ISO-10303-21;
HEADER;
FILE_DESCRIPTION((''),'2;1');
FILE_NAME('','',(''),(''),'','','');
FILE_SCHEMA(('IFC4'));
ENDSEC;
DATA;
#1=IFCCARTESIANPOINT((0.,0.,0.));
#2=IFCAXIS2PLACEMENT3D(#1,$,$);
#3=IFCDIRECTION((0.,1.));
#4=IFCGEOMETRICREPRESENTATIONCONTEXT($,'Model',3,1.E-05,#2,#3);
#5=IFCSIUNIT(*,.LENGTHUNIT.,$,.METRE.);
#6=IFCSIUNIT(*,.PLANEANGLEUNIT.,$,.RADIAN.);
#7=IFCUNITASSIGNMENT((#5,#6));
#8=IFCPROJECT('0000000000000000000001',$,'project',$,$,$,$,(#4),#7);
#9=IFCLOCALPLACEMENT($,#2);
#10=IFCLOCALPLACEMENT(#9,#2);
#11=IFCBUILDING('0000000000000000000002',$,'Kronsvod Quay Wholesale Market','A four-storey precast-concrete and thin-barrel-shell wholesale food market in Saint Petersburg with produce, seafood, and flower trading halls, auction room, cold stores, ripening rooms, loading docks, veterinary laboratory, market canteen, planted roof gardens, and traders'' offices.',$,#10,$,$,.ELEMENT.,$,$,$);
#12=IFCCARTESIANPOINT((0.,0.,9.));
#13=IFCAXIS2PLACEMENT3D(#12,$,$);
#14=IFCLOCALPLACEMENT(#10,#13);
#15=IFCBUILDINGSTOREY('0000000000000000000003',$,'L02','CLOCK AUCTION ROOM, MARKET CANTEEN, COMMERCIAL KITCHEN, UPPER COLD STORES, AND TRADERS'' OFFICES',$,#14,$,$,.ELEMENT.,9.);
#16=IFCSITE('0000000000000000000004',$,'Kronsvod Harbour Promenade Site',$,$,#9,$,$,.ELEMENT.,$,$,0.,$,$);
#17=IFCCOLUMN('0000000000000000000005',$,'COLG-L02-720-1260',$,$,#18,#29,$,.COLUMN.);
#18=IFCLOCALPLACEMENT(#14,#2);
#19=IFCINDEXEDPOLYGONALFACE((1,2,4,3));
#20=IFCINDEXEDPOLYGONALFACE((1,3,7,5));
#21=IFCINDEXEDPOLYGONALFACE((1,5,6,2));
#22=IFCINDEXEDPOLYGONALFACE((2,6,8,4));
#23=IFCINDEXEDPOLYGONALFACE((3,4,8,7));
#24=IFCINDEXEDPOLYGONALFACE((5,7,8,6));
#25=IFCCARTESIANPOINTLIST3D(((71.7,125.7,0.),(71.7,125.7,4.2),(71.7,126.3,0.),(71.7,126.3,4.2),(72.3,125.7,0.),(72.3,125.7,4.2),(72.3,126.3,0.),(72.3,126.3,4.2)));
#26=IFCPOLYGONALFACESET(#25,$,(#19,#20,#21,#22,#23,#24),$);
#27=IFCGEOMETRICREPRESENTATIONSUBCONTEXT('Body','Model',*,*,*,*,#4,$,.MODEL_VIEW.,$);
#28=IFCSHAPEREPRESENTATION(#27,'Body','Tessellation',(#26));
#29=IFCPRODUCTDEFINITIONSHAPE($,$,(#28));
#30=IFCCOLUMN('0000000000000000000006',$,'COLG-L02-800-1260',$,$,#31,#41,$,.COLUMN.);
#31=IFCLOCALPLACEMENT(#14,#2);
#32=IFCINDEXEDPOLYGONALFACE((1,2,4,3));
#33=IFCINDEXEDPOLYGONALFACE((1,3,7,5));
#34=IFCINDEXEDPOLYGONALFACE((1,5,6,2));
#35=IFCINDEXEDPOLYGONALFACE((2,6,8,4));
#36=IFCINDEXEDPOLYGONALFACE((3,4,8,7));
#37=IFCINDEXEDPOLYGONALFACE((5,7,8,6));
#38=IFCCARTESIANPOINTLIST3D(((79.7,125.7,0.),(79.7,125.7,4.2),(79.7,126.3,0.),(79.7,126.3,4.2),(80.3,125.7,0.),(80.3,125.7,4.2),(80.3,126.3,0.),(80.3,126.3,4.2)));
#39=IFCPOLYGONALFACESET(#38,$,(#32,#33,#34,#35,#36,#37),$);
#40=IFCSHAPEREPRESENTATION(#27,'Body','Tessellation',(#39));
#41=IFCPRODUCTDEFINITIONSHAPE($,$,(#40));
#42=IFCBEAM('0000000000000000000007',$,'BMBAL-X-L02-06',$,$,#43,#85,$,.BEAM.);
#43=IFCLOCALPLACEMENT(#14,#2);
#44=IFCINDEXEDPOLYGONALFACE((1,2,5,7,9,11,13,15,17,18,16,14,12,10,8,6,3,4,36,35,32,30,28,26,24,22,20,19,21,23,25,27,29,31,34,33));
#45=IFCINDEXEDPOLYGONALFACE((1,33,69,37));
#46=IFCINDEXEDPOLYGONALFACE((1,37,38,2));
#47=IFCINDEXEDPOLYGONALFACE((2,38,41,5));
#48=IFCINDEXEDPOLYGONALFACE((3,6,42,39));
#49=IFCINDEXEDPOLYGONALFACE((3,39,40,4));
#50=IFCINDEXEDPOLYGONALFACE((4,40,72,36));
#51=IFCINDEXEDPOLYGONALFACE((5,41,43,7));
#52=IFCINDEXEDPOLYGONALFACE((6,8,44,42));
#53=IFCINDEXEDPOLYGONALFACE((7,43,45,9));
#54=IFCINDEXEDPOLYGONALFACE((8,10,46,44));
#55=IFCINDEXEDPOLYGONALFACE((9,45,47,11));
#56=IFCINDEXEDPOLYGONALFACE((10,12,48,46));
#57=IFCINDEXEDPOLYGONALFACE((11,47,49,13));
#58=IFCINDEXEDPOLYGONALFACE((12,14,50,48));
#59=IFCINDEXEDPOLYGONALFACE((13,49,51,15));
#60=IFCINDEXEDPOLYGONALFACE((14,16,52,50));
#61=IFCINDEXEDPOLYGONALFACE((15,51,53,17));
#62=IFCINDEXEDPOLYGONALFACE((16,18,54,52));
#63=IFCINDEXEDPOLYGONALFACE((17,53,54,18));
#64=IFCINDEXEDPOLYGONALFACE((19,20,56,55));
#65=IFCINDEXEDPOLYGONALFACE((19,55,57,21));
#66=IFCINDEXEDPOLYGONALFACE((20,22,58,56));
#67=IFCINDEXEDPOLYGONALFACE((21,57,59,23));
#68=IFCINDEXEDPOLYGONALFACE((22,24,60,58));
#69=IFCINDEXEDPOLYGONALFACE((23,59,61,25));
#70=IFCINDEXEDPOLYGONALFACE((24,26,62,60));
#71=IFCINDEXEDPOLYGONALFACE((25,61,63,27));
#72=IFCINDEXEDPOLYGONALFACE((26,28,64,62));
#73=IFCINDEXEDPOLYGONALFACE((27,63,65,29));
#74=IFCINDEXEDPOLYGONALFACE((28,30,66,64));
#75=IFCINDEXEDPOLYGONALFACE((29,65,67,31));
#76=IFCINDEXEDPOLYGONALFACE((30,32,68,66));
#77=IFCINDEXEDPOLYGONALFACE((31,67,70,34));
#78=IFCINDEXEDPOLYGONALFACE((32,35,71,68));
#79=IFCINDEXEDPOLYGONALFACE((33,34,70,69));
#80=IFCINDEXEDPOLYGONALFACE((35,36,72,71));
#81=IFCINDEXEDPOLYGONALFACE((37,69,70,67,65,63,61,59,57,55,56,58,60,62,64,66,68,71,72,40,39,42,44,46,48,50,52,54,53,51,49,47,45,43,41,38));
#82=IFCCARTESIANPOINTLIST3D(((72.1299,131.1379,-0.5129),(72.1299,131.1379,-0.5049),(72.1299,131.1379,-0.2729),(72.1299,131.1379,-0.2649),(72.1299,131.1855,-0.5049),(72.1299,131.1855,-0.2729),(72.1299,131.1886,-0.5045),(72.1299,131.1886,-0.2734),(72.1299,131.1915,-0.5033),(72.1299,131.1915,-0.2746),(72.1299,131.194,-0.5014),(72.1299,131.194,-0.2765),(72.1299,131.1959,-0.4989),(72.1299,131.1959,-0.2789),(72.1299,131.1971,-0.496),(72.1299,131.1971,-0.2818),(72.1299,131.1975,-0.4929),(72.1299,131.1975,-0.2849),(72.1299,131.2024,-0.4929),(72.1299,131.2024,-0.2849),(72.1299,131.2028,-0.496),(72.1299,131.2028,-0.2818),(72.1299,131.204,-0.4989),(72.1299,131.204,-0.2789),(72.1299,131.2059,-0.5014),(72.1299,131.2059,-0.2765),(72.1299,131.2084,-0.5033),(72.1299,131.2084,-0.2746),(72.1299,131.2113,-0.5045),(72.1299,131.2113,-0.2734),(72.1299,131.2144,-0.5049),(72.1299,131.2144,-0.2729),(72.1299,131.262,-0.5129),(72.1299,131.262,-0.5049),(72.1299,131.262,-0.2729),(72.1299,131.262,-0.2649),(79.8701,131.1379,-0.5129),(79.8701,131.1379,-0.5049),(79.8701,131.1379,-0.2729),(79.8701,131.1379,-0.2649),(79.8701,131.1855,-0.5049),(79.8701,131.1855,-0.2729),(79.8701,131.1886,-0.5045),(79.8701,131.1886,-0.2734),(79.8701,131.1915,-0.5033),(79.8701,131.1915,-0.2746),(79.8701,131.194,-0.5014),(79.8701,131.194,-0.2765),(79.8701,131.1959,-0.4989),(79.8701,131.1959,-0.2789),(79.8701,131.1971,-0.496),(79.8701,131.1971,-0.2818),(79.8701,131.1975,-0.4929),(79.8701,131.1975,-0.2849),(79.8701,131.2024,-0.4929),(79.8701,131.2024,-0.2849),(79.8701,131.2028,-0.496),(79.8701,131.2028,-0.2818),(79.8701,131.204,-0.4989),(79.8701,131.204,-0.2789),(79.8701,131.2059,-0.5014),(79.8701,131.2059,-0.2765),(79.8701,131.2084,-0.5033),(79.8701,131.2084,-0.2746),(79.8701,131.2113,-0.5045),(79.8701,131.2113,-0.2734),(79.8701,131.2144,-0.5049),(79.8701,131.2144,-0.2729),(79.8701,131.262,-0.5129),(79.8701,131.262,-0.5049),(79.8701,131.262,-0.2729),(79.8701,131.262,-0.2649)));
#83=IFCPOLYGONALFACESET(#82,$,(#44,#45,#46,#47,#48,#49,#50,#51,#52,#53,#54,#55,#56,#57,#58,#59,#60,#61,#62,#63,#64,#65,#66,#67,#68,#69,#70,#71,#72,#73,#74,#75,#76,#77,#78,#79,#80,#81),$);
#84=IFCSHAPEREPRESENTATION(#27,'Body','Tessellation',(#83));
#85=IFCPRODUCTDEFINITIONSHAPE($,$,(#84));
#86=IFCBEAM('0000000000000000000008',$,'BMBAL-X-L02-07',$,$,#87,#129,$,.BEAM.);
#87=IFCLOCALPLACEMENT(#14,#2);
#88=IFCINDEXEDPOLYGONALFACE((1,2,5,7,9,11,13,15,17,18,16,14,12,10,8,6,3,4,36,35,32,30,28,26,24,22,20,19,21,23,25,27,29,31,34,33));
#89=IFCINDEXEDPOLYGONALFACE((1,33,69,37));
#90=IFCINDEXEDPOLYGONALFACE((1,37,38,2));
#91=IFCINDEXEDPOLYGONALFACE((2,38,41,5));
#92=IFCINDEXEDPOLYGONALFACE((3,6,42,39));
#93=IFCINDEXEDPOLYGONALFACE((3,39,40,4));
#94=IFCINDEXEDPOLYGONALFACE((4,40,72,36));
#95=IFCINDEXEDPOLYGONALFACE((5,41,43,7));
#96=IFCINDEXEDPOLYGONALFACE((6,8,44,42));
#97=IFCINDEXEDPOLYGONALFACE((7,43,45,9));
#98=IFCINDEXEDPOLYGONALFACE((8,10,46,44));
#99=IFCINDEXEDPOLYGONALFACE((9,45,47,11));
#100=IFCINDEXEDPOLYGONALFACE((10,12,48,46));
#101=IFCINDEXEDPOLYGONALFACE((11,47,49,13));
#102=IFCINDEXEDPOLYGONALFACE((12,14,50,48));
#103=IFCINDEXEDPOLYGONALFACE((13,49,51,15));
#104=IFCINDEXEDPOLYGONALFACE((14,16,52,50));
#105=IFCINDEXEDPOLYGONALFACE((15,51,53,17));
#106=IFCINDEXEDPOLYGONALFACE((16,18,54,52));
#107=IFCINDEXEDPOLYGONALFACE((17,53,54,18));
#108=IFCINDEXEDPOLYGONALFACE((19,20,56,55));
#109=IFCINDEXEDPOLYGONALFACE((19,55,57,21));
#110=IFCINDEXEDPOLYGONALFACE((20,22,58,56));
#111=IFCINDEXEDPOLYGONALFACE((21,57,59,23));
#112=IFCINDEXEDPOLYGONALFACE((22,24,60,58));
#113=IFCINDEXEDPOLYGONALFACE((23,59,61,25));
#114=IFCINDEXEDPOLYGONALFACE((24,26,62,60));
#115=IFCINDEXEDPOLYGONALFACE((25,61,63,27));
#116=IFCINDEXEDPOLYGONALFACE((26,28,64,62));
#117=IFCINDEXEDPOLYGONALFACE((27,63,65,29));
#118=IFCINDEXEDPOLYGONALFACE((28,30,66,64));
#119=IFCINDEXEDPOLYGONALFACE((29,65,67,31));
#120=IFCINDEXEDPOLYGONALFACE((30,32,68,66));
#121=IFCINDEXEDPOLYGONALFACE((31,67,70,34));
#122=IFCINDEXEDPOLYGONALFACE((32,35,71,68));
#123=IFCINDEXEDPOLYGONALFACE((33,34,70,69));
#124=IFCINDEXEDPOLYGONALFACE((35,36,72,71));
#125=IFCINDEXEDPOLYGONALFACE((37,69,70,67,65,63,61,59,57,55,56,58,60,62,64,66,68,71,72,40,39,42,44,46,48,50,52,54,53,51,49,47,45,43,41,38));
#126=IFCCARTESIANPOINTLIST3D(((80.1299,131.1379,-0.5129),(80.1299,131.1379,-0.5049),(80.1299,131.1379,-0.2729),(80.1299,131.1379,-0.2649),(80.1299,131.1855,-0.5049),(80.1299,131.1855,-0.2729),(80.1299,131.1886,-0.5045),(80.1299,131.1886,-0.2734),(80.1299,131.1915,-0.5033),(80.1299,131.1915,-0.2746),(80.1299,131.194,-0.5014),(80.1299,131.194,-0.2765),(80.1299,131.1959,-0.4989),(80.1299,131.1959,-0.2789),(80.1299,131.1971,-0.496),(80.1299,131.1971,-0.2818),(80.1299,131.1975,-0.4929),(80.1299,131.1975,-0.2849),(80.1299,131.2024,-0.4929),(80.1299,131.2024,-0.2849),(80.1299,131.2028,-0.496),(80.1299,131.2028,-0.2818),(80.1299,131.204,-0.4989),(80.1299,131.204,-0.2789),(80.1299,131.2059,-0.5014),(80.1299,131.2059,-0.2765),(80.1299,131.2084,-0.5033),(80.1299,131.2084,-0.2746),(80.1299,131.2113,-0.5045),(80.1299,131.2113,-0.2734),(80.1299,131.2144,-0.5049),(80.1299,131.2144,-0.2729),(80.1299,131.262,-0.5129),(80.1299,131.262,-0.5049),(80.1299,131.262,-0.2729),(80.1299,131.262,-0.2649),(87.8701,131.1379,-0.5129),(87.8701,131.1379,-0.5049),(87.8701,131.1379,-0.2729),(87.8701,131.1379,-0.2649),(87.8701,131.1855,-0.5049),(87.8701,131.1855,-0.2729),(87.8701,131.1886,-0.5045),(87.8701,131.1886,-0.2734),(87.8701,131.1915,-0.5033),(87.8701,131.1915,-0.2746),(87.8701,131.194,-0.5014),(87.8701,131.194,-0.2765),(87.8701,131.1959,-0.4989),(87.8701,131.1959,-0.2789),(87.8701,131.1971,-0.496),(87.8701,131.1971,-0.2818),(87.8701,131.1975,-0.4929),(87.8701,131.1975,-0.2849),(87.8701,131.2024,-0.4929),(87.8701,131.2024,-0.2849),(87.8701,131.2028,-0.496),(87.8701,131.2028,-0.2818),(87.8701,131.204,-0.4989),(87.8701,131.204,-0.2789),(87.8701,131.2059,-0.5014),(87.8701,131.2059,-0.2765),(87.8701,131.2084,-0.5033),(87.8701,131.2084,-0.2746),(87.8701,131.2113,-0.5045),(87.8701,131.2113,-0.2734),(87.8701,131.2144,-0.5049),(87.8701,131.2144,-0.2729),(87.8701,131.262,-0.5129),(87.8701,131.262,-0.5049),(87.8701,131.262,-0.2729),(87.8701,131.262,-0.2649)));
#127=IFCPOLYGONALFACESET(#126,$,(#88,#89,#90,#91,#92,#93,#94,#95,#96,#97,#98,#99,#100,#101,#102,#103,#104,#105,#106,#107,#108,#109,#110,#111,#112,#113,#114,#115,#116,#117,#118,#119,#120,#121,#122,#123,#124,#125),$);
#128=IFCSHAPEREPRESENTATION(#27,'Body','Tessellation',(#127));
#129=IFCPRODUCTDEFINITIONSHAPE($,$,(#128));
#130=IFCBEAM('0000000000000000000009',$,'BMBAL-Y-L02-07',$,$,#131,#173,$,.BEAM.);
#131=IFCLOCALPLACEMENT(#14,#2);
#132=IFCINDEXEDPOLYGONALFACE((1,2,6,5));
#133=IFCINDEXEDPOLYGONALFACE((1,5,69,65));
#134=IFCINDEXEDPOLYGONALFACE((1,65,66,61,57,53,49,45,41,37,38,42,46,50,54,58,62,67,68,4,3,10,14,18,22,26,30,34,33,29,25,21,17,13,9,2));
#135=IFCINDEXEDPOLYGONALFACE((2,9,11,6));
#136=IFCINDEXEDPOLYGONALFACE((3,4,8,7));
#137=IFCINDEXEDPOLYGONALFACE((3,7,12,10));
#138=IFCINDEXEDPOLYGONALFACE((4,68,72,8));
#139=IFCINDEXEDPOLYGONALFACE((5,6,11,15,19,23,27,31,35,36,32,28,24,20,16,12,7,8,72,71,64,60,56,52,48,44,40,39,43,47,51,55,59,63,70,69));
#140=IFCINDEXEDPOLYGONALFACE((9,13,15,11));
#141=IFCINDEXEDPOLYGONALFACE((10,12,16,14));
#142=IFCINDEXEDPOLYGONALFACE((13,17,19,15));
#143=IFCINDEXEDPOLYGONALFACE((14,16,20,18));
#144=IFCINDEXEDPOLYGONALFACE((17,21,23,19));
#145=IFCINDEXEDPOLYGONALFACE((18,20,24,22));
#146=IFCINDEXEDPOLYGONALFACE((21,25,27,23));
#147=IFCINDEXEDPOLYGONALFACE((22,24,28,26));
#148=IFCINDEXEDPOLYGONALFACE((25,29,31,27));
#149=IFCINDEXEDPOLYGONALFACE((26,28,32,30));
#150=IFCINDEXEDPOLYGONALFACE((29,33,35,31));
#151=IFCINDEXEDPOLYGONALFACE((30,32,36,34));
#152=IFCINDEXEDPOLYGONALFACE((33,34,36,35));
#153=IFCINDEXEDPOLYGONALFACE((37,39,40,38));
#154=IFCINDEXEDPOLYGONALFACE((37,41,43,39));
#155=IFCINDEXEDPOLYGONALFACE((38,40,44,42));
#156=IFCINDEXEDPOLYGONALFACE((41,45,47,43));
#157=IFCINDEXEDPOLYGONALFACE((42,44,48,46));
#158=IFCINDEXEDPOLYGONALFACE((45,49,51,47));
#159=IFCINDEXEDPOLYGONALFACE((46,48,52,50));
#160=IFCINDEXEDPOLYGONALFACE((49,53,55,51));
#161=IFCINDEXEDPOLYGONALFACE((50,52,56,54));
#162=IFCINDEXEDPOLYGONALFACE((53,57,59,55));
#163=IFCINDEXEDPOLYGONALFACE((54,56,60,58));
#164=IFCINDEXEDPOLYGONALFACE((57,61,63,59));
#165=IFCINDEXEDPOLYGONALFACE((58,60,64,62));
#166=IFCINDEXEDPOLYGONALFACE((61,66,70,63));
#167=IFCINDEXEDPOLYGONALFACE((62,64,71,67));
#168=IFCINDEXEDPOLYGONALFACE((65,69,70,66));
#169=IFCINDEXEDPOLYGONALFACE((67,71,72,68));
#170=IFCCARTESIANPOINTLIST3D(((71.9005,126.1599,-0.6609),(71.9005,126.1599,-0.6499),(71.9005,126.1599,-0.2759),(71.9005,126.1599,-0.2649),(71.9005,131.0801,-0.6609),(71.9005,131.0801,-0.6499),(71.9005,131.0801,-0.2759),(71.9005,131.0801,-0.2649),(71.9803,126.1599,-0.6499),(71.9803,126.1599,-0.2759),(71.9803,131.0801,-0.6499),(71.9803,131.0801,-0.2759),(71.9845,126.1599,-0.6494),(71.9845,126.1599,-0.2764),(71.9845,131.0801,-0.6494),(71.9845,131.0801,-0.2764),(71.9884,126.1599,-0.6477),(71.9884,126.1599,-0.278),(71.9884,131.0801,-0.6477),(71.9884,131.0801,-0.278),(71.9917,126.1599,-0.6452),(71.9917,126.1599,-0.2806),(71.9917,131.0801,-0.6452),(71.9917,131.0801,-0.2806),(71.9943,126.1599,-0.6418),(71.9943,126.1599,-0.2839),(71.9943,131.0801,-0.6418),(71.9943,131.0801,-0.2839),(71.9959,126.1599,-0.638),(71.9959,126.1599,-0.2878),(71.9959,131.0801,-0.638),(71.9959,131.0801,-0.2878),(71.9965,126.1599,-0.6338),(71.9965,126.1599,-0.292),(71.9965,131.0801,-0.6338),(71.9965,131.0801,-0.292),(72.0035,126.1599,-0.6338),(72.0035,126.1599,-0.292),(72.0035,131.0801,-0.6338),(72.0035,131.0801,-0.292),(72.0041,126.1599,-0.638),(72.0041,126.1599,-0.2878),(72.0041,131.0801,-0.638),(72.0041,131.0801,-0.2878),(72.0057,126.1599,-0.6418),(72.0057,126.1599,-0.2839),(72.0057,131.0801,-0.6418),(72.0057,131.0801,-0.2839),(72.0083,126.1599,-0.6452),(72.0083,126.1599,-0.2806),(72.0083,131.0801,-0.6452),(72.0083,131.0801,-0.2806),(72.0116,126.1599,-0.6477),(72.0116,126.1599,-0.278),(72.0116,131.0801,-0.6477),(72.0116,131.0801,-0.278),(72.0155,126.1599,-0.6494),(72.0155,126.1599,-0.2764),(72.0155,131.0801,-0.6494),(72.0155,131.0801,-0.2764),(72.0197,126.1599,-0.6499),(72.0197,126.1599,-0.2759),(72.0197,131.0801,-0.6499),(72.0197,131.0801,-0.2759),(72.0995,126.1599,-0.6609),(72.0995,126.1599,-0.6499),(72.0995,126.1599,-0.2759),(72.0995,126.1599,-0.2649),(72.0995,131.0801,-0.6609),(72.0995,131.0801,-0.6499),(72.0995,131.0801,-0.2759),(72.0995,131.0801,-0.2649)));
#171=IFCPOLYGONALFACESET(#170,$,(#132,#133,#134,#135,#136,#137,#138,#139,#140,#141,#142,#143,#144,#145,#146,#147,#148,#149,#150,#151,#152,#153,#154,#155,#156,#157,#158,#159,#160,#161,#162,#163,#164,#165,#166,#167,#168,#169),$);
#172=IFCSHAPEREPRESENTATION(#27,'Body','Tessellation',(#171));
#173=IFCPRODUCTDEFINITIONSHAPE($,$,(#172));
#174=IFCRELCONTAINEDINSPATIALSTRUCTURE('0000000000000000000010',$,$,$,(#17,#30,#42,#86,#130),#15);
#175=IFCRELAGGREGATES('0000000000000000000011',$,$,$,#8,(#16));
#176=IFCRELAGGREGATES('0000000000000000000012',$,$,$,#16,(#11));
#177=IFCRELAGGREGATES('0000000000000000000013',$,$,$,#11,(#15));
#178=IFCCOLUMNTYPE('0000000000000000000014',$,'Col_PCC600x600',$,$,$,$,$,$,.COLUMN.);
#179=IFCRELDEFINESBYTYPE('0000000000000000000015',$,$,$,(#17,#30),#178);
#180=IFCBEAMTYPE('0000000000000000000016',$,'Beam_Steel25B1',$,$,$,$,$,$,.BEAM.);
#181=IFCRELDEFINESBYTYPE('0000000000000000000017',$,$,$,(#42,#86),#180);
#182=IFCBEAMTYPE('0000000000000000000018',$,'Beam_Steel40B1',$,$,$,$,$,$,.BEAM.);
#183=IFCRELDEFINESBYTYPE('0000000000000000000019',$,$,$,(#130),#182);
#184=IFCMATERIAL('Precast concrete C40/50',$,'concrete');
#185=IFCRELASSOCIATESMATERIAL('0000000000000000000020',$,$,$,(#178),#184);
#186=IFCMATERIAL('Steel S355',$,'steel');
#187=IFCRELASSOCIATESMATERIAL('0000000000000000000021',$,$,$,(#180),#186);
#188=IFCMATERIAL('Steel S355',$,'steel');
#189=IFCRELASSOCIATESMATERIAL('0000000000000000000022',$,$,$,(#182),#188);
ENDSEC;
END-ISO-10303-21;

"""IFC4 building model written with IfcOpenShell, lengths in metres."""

from ifc_helpers import new_model, si_unit, direction, frame, origin, origin_2d, place, context, subcontext, project, spatial, rectangle, i_section, extrude, material, material_profile, profile_set, type_object, element, save


model = new_model("IFC4")

# Units and contexts
model_context = context("Model", 3, precision=1e-05, world=origin(), true_north=direction((0.0, 1.0)))
body_context = subcontext(model_context, "Body", "Model", "MODEL_VIEW")
ifc_project = project(units=[si_unit("LENGTHUNIT", "METRE"), si_unit("PLANEANGLEUNIT", "RADIAN")], contexts=[model_context])

# Site, building, storey
site_placement = place(None, origin())
site = spatial("IfcSite", under=ifc_project, at=site_placement, Name="Kronsvod Harbour Promenade Site", CompositionType="ELEMENT", RefElevation=0.0)
building_placement = place(site_placement, origin())
building = spatial("IfcBuilding", under=site, at=building_placement, Name="Kronsvod Quay Wholesale Market", Description="A four-storey precast-concrete and thin-barrel-shell wholesale food market in Saint Petersburg with produce, seafood, and flower trading halls, auction room, cold stores, ripening rooms, loading docks, veterinary laboratory, market canteen, planted roof gardens, and traders' offices.", CompositionType="ELEMENT")
storey_placement = place(building_placement, frame((0.0, 0.0, 9.0)))
storey = spatial("IfcBuildingStorey", under=building, at=storey_placement, Name="L02", Description="CLOCK AUCTION ROOM, MARKET CANTEEN, COMMERCIAL KITCHEN, UPPER COLD STORES, AND TRADERS' OFFICES", CompositionType="ELEMENT", Elevation=9.0)

# Columns
ifc_material_1 = material(Name="Precast concrete C40/50", Category="concrete")
ifc_material_profile_1 = material_profile(ifc_material_1, rectangle(XDim=0.6001, YDim=0.6001, at=origin_2d()), Name="PCC600x600")
ifc_profile_set_1 = profile_set([ifc_material_profile_1], Name="Precast concrete C40/50")
column_type = type_object("IfcColumnType", Name="Col_PCC600x600", PredefinedType="COLUMN", material=ifc_profile_set_1)
for number, where, z_axis, x_axis, name in (
    (1, (72.0, 126.0, 0.0), (0.0, 0.0, 1.0), (1.0, 0.0, 0.0), "COLG-L02-720-1260"),
    (2, (80.0, 126.0, 0.0), (0.0, 0.0, 1.0), (1.0, 0.0, 0.0), "COLG-L02-800-1260"),
):
    element("IfcColumn", number, at=place(storey_placement, frame(where, z_axis=z_axis, x_axis=x_axis)), inside=storey, type_object=column_type, Name=name, PredefinedType="COLUMN", context=body_context, shape_type="SweptSolid", body=[
        extrude(rectangle(XDim=0.6001, YDim=0.6001, at=origin_2d()), origin(), (0.0, 0.0, 1.0), 4.2),
    ])

# Beams
ifc_material_2 = material(Name="Steel S355", Category="steel")
ifc_material_profile_2 = material_profile(ifc_material_2, i_section(OverallWidth=0.124, OverallDepth=0.248, WebThickness=0.0049, FlangeThickness=0.0081, FilletRadius=0.012, at=origin_2d()), Name="25B1")
ifc_profile_set_2 = profile_set([ifc_material_profile_2], Name="Steel S355")
beam_type_1 = type_object("IfcBeamType", Name="Beam_Steel25B1", PredefinedType="BEAM", material=ifc_profile_set_2)
for number, where, z_axis, x_axis, name in (
    (3, (72.1299, 131.2, -0.3889), (1.0, 0.0, 0.0), (0.0, 1.0, 0.0), "BMBAL-X-L02-06"),
    (4, (80.1299, 131.2, -0.3889), (1.0, 0.0, 0.0), (0.0, 1.0, 0.0), "BMBAL-X-L02-07"),
):
    element("IfcBeam", number, at=place(storey_placement, frame(where, z_axis=z_axis, x_axis=x_axis)), inside=storey, type_object=beam_type_1, Name=name, PredefinedType="BEAM", context=body_context, shape_type="SweptSolid", body=[
        extrude(i_section(OverallWidth=0.124, OverallDepth=0.248, WebThickness=0.0049, FlangeThickness=0.0081, FilletRadius=0.012, at=origin_2d()), origin(), (0.0, 0.0, 1.0), 7.7402),
    ])
ifc_material_3 = material(Name="Steel S355", Category="steel")
ifc_material_profile_3 = material_profile(ifc_material_3, i_section(OverallWidth=0.199, OverallDepth=0.396, WebThickness=0.0071, FlangeThickness=0.011, FilletRadius=0.0161, at=origin_2d()), Name="40B1")
ifc_profile_set_3 = profile_set([ifc_material_profile_3], Name="Steel S355")
beam_type_2 = type_object("IfcBeamType", Name="Beam_Steel40B1", PredefinedType="BEAM", material=ifc_profile_set_3)
for number, where, z_axis, x_axis, name in (
    (5, (72.0, 126.1599, -0.4629), (0.0, 1.0, 0.0), (-1.0, 0.0, 0.0), "BMBAL-Y-L02-07"),
):
    element("IfcBeam", number, at=place(storey_placement, frame(where, z_axis=z_axis, x_axis=x_axis)), inside=storey, type_object=beam_type_2, Name=name, PredefinedType="BEAM", context=body_context, shape_type="SweptSolid", body=[
        extrude(i_section(OverallWidth=0.199, OverallDepth=0.396, WebThickness=0.0071, FlangeThickness=0.011, FilletRadius=0.0161, at=origin_2d()), origin(), (0.0, 0.0, 1.0), 4.9202),
    ])

save(model, "model.ifc")
